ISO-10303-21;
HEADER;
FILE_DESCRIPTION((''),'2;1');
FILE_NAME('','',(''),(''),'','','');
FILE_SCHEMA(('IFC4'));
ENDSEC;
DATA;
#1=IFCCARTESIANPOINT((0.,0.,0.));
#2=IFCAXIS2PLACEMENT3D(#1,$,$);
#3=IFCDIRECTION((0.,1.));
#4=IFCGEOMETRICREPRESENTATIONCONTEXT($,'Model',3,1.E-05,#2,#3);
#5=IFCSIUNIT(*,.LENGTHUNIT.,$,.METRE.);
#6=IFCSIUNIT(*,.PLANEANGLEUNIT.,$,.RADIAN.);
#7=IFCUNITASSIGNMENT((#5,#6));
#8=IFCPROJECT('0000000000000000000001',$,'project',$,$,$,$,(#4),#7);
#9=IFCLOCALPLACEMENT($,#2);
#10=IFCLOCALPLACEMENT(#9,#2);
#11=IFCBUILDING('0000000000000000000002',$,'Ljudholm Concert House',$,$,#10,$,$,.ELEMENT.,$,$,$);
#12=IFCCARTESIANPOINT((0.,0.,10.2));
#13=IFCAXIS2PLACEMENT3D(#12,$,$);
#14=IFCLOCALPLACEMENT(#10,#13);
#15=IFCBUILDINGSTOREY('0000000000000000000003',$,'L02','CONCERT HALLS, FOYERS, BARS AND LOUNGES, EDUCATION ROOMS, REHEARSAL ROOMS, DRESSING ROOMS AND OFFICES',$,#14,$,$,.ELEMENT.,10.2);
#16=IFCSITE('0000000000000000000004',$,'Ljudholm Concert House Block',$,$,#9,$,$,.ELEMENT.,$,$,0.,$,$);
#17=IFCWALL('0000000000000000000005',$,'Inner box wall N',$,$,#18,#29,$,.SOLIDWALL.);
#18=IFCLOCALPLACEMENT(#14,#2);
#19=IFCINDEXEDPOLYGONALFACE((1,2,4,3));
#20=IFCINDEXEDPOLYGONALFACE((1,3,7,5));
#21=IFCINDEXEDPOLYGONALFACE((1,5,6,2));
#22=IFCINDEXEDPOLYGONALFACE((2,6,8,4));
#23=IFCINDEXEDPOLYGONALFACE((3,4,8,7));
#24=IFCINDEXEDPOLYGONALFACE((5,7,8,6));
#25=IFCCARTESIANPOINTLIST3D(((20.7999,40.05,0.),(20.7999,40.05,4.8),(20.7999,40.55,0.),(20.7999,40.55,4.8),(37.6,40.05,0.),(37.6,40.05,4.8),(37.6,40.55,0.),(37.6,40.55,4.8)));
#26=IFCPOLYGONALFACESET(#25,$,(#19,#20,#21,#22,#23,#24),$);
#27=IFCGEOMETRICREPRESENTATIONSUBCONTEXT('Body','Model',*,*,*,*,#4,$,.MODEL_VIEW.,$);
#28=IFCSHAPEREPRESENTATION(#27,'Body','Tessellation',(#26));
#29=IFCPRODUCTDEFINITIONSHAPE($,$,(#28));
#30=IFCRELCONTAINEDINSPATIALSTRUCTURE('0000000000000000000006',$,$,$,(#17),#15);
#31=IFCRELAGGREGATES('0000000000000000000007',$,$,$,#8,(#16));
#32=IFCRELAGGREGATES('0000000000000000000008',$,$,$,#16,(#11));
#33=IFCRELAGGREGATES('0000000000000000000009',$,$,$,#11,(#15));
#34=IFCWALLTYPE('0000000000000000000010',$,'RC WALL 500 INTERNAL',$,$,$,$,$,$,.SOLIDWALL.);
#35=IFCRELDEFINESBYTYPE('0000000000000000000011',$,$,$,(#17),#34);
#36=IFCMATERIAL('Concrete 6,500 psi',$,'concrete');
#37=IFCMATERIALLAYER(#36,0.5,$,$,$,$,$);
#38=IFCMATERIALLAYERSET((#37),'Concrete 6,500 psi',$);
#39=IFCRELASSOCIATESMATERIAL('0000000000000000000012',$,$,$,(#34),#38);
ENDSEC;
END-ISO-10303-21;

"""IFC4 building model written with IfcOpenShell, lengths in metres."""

from ifc_helpers import new_model, si_unit, direction, frame, frame_2d, origin, place, context, subcontext, project, spatial, rectangle, extrude, material, layer, layer_set, type_object, element, save


model = new_model("IFC4")

# Units and contexts
model_context = context("Model", 3, precision=1e-05, world=origin(), true_north=direction((0.0, 1.0)))
body_context = subcontext(model_context, "Body", "Model", "MODEL_VIEW")
ifc_project = project(units=[si_unit("LENGTHUNIT", "METRE"), si_unit("PLANEANGLEUNIT", "RADIAN")], contexts=[model_context])

# Site, building, storey
site_placement = place(None, origin())
site = spatial("IfcSite", under=ifc_project, at=site_placement, Name="Ljudholm Concert House Block", CompositionType="ELEMENT", RefElevation=0.0)
building_placement = place(site_placement, origin())
building = spatial("IfcBuilding", under=site, at=building_placement, Name="Ljudholm Concert House", CompositionType="ELEMENT")
storey_placement = place(building_placement, frame((0.0, 0.0, 10.2)))
storey = spatial("IfcBuildingStorey", under=building, at=storey_placement, Name="L02", Description="CONCERT HALLS, FOYERS, BARS AND LOUNGES, EDUCATION ROOMS, REHEARSAL ROOMS, DRESSING ROOMS AND OFFICES", CompositionType="ELEMENT", Elevation=10.2)

# Wall
ifc_material_1 = material(Name="Concrete 6,500 psi", Category="concrete")
ifc_layer_1 = layer(ifc_material_1, 0.5)
ifc_layer_set_1 = layer_set([ifc_layer_1], Name="Concrete 6,500 psi")
wall_type_1 = type_object("IfcWallType", Name="RC WALL 500 INTERNAL", PredefinedType="SOLIDWALL", material=ifc_layer_set_1)
wall_1_placement = place(storey_placement, frame((20.8, 40.3, 0.0), z_axis=(0.0, 0.0, 1.0), x_axis=(1.0, 0.0, 0.0)))
element("IfcWall", 1, at=wall_1_placement, inside=storey, type_object=wall_type_1, Name="Inner box wall N", PredefinedType="SOLIDWALL", context=body_context, shape_type="SweptSolid", body=[
    extrude(rectangle(XDim=16.8, YDim=0.5, at=frame_2d((8.3999, 0.0))), origin(), (0.0, 0.0, 1.0), 4.8),
])

save(model, "model.ifc")
